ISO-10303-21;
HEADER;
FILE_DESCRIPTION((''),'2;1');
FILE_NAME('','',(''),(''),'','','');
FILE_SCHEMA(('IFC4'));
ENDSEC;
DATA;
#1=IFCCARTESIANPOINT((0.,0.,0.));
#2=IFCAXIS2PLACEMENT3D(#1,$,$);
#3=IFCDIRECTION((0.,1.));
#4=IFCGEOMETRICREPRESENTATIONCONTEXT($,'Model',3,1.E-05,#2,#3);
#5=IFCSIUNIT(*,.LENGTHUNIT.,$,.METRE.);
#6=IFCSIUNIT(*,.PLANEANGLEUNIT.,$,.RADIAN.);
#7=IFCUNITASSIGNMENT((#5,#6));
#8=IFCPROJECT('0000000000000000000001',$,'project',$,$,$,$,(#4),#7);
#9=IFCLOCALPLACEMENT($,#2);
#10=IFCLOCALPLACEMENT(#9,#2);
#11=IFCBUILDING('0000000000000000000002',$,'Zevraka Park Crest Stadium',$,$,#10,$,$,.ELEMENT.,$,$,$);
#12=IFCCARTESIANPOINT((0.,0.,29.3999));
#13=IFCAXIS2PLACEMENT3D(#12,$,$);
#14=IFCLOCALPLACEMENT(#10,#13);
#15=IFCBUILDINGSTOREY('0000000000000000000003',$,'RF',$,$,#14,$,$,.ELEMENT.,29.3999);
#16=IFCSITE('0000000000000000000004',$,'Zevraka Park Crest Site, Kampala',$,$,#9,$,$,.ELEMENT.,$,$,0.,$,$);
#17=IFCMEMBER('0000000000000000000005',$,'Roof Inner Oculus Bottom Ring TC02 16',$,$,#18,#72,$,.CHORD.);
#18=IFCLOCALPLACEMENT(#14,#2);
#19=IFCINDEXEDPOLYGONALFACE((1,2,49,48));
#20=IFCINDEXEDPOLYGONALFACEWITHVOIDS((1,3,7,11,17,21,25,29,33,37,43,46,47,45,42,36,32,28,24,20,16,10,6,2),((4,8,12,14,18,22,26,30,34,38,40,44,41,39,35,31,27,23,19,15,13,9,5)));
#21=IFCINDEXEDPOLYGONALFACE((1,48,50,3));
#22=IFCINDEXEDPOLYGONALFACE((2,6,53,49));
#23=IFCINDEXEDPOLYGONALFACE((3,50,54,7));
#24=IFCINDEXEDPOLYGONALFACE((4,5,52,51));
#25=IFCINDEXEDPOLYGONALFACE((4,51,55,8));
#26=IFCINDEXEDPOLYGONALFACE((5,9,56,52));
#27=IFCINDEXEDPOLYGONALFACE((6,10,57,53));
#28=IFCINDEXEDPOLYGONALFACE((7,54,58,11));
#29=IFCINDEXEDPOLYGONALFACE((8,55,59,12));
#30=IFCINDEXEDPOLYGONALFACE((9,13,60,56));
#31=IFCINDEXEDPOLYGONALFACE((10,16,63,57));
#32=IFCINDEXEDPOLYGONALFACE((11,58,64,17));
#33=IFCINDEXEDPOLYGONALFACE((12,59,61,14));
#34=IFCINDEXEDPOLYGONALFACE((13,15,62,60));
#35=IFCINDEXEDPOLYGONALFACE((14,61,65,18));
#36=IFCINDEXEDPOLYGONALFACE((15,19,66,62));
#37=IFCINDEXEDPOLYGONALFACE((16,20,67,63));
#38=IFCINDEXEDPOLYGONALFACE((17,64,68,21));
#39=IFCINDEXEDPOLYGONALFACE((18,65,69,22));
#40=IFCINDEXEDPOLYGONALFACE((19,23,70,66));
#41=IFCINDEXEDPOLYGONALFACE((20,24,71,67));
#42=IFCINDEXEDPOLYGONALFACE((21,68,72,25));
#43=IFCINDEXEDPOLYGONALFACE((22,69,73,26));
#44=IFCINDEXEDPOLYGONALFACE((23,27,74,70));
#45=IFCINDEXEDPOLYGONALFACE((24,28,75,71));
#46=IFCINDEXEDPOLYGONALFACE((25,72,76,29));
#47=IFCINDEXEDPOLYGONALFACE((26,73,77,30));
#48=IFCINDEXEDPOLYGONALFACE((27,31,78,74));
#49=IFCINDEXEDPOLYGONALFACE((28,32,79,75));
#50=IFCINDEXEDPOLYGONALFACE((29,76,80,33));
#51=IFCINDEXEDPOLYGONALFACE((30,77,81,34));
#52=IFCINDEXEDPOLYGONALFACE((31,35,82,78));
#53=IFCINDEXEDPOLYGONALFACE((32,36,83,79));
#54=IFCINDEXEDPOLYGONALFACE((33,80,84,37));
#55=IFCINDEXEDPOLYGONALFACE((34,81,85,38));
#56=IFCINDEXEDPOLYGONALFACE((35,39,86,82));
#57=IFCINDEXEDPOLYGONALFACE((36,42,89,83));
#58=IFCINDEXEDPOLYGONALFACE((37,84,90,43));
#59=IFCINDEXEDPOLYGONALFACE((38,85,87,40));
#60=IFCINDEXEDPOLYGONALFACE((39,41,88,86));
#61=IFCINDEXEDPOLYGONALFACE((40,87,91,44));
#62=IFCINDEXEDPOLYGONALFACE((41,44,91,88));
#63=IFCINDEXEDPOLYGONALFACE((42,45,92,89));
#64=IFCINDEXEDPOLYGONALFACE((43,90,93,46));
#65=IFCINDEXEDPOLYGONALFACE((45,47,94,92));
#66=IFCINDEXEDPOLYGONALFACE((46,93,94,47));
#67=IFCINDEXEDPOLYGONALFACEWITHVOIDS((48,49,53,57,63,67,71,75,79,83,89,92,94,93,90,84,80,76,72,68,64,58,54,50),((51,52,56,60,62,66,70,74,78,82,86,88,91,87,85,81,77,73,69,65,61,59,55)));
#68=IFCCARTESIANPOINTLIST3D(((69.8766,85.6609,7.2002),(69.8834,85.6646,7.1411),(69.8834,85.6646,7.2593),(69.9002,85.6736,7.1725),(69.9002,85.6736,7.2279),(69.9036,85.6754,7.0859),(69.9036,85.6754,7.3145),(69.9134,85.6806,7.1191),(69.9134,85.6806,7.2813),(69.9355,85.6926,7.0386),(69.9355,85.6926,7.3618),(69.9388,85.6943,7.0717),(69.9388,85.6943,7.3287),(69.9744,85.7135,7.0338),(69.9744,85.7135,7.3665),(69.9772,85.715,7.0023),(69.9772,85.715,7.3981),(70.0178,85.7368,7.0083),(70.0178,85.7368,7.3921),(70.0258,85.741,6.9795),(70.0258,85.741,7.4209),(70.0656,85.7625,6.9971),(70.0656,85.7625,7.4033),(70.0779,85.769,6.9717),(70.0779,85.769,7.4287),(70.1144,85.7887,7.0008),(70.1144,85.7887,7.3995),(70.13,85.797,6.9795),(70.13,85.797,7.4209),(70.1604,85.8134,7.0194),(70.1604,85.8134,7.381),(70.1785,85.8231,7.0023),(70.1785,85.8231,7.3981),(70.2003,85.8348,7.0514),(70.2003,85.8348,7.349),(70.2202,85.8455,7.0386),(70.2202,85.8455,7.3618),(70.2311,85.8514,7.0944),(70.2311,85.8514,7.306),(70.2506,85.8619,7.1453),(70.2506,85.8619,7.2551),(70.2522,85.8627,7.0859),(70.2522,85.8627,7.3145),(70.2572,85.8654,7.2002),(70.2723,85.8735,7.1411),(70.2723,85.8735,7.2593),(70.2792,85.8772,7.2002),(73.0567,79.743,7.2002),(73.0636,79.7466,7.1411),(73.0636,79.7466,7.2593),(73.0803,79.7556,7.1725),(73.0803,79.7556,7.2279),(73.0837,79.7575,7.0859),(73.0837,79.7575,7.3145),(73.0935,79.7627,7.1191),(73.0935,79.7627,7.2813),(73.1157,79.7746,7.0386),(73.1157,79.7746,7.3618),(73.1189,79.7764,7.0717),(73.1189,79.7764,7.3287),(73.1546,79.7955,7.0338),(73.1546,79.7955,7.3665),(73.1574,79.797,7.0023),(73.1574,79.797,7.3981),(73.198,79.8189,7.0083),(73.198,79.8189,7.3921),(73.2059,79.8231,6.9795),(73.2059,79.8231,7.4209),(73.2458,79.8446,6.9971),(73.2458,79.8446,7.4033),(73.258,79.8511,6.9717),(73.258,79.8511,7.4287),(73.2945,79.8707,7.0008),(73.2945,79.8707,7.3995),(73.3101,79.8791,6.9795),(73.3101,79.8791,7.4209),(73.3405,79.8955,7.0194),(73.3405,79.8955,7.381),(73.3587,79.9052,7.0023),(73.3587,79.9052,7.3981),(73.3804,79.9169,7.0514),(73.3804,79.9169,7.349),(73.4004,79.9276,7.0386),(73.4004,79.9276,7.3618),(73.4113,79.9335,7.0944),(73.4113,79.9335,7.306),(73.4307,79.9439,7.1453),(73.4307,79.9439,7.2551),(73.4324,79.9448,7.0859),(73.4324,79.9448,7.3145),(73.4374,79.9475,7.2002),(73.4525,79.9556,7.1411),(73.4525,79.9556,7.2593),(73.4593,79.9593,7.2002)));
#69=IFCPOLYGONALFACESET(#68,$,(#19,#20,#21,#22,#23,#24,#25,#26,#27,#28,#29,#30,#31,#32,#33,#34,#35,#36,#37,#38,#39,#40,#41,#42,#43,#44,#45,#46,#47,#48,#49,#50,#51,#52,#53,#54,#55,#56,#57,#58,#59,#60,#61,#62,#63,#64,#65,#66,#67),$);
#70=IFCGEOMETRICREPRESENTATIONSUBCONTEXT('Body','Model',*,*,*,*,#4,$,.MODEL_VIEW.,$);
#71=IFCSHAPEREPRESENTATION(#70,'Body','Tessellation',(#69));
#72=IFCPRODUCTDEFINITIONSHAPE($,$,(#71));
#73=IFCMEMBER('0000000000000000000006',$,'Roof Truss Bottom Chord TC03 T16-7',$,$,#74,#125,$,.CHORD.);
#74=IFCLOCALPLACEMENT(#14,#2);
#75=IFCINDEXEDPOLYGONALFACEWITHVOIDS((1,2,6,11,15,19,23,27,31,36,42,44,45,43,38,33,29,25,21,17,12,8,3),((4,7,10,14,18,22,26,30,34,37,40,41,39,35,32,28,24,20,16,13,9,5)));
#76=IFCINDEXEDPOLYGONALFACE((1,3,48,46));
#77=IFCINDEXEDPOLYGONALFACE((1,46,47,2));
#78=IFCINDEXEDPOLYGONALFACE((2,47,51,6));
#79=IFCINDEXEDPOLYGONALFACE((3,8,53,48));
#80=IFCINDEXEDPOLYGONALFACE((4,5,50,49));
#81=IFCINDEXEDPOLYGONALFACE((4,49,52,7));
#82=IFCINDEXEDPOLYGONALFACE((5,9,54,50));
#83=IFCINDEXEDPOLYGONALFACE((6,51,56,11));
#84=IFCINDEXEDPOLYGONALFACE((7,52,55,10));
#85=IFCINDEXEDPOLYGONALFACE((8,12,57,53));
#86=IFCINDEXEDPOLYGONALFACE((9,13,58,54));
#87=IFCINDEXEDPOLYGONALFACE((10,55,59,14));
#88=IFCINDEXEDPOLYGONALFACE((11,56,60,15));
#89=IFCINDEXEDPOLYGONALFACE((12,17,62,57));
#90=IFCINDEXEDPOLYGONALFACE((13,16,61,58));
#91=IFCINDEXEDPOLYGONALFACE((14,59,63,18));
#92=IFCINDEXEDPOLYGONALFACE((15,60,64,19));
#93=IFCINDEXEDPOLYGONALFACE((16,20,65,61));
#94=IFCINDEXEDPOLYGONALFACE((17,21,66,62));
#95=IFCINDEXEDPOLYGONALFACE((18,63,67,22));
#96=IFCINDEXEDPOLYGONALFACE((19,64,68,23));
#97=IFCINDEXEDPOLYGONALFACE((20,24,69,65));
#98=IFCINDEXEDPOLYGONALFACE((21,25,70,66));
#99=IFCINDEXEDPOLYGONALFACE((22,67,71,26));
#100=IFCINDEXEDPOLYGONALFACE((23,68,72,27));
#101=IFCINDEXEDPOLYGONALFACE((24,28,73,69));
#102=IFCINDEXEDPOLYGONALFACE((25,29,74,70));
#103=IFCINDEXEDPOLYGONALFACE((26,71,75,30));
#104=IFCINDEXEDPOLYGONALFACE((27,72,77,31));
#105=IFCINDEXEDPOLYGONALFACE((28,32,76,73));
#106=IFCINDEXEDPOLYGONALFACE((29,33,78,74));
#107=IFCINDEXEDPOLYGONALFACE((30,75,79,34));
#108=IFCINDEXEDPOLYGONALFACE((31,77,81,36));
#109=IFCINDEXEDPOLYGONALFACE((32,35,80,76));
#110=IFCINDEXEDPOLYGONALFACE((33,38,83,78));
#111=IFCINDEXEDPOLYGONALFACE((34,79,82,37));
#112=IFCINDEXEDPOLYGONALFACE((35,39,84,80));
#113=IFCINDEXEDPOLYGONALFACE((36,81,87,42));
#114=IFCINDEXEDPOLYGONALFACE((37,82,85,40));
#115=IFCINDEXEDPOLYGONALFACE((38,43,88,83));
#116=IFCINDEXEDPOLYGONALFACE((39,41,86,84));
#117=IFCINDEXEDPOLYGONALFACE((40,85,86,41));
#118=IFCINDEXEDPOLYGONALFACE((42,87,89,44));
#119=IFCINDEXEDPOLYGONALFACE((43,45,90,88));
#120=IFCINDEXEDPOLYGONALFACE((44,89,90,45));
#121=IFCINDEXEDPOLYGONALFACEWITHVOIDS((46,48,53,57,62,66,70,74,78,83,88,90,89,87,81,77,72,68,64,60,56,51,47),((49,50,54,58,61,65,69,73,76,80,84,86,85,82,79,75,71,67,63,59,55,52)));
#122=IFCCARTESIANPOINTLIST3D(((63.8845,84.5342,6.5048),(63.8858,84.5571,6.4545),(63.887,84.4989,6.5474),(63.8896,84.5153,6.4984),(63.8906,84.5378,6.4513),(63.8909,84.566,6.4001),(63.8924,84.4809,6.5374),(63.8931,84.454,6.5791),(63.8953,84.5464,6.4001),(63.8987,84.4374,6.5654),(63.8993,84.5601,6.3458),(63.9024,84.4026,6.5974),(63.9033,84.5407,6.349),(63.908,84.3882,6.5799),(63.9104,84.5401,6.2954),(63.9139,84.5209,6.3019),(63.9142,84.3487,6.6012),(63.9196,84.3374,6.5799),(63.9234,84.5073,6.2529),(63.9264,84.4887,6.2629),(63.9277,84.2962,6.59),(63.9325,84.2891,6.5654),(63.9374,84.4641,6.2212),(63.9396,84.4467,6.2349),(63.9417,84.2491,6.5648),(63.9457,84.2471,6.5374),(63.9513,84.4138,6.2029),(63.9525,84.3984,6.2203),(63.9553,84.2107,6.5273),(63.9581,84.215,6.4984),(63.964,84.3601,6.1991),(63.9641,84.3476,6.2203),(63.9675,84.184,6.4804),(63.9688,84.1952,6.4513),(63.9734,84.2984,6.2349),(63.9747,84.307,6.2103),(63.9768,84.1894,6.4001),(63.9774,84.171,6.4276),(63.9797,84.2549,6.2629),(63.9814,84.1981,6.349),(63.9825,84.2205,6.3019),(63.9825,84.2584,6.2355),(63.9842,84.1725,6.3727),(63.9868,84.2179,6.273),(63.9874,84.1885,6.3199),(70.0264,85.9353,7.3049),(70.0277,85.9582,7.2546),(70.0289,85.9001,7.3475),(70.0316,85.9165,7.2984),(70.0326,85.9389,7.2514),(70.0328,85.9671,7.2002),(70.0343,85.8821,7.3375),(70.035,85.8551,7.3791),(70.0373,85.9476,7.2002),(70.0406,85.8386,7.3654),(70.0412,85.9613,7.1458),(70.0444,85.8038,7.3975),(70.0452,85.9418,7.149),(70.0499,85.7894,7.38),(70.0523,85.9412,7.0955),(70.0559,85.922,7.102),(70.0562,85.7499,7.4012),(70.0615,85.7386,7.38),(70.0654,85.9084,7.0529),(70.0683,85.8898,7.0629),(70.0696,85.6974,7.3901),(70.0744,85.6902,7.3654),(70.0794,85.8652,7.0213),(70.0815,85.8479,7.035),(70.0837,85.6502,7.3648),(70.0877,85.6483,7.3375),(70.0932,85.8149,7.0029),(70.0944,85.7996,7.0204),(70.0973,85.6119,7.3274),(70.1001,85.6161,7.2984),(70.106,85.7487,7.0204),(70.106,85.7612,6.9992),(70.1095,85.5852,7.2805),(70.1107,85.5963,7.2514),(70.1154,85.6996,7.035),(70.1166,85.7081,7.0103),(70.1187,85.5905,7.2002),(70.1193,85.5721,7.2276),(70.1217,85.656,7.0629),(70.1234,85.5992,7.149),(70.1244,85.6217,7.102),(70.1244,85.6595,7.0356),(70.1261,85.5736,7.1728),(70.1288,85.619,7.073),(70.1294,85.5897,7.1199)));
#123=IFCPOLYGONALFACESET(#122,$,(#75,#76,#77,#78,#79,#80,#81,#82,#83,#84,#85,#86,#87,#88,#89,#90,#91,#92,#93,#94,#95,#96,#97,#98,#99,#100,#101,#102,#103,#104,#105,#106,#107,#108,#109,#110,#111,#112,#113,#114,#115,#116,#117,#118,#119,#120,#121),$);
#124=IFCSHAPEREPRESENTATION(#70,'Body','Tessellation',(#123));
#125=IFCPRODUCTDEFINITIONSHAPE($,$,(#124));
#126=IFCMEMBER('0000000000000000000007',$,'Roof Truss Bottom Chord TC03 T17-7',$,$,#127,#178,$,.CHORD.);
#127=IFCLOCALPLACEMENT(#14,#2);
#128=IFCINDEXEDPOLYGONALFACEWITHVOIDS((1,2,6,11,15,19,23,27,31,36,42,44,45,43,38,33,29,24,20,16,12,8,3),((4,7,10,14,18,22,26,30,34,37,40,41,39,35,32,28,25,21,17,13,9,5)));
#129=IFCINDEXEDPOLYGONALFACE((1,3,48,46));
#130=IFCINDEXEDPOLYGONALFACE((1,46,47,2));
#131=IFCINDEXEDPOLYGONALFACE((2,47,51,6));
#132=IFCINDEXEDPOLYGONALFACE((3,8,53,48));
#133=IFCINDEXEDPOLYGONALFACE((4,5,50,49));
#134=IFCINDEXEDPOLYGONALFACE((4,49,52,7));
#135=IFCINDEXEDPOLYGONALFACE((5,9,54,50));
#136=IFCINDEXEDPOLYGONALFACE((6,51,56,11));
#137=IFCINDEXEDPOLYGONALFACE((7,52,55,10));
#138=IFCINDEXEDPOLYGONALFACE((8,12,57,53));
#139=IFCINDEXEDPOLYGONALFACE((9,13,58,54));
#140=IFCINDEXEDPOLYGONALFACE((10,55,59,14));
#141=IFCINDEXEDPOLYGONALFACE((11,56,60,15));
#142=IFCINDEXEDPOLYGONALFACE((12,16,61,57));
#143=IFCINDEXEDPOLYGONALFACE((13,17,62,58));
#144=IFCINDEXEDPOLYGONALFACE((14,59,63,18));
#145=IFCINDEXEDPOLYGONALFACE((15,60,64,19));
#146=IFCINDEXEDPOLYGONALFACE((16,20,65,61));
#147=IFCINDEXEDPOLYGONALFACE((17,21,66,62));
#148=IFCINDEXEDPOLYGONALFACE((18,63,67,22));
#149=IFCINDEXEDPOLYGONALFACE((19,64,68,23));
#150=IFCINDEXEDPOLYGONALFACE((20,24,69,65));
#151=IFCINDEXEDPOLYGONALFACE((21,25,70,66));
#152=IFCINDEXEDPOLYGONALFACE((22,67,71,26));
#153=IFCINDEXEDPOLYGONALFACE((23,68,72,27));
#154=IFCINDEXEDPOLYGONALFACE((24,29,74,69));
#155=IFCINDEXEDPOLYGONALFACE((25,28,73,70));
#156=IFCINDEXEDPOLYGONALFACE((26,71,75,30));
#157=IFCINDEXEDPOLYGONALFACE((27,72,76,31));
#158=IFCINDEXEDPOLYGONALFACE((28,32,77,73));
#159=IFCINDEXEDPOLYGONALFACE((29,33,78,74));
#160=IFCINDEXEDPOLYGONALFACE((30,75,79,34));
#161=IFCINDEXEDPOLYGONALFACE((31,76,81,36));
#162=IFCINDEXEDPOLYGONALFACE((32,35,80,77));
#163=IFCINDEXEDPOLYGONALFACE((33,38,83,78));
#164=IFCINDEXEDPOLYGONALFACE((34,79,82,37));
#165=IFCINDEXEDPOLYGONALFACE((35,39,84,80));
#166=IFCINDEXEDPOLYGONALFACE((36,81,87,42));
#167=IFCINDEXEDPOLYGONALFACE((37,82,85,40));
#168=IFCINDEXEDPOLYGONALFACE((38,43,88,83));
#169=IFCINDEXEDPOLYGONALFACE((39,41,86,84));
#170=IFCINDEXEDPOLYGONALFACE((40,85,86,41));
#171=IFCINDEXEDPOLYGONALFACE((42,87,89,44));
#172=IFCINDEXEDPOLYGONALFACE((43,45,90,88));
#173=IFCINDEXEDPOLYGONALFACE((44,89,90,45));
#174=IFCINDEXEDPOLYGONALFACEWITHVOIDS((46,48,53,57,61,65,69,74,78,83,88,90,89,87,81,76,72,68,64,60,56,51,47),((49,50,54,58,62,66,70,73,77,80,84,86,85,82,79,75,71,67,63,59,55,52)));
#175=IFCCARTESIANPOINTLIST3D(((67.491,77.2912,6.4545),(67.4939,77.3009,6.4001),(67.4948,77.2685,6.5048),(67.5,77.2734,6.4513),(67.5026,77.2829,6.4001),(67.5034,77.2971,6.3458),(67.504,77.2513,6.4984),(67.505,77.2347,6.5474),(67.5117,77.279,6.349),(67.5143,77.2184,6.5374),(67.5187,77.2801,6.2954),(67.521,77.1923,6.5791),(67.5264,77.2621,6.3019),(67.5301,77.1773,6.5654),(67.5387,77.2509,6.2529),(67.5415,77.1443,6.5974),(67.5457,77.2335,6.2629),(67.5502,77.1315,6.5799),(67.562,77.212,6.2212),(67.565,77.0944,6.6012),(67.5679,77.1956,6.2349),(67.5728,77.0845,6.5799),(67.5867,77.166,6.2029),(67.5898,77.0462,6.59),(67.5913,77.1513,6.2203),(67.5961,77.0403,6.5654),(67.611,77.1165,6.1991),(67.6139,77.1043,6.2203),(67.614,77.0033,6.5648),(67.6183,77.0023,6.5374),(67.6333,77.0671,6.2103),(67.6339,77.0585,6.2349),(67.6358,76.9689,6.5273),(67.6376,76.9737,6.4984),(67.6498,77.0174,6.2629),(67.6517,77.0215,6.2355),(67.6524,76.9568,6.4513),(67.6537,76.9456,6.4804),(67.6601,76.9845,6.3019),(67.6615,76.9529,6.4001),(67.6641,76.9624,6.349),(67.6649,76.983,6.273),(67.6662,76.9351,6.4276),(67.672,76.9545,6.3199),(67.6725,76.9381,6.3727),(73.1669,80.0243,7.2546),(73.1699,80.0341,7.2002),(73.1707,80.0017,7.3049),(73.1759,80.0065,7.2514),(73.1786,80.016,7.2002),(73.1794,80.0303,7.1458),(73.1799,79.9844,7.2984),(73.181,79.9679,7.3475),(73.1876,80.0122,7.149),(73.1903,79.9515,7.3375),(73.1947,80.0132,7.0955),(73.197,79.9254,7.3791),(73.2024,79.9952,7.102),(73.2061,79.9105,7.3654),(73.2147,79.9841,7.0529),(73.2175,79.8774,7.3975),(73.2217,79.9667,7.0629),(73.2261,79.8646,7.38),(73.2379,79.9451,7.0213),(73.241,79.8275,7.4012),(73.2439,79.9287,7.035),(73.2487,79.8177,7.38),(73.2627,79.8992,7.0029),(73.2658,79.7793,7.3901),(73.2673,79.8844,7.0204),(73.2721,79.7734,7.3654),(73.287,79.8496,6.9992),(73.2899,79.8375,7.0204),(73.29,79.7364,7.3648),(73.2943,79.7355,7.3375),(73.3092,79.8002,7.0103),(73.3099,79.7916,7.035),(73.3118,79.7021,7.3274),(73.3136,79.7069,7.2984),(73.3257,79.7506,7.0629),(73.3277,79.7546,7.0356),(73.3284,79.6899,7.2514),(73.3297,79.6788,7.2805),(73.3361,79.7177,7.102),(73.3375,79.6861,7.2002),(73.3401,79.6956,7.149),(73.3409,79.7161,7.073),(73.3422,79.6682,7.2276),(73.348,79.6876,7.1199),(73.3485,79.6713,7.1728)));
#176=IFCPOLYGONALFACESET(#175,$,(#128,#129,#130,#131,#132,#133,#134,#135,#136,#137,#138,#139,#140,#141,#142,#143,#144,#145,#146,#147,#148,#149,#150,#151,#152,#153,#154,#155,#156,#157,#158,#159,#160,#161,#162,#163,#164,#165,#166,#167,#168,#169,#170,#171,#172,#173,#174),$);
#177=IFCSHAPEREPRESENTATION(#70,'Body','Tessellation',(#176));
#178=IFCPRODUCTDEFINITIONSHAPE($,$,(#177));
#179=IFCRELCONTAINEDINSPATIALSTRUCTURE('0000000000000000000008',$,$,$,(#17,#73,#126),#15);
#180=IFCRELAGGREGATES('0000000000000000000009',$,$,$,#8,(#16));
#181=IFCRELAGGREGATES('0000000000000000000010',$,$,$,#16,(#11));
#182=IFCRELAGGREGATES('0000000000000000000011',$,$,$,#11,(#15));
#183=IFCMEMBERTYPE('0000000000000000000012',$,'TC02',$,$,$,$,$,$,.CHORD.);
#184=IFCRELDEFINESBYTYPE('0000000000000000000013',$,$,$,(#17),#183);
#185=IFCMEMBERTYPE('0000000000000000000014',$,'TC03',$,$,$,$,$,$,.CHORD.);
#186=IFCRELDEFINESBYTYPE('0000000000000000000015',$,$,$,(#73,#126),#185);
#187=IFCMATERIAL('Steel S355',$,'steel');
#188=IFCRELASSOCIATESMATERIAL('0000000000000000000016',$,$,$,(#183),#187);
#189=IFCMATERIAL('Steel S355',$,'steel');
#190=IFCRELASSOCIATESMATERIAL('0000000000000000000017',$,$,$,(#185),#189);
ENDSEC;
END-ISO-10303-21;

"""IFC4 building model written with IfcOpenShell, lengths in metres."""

from ifc_helpers import new_model, si_unit, direction, frame, origin, origin_2d, place, context, subcontext, project, spatial, hollow_circle, extrude, material, material_profile, profile_set, type_object, element, save


model = new_model("IFC4")

# Units and contexts
model_context = context("Model", 3, precision=1e-05, world=origin(), true_north=direction((0.0, 1.0)))
body_context = subcontext(model_context, "Body", "Model", "MODEL_VIEW")
ifc_project = project(units=[si_unit("LENGTHUNIT", "METRE"), si_unit("PLANEANGLEUNIT", "RADIAN")], contexts=[model_context])

# Site, building, storey
site_placement = place(None, origin())
site = spatial("IfcSite", under=ifc_project, at=site_placement, Name="Zevraka Park Crest Site, Kampala", CompositionType="ELEMENT", RefElevation=0.0)
building_placement = place(site_placement, origin())
building = spatial("IfcBuilding", under=site, at=building_placement, Name="Zevraka Park Crest Stadium", CompositionType="ELEMENT")
storey_placement = place(building_placement, frame((0.0, 0.0, 29.3999)))
storey = spatial("IfcBuildingStorey", under=building, at=storey_placement, Name="RF", CompositionType="ELEMENT", Elevation=29.3999)

# Members
ifc_material_1 = material(Name="Steel S355", Category="steel")
ifc_material_profile_1 = material_profile(ifc_material_1, hollow_circle(Radius=0.2285, WallThickness=0.0249, at=origin_2d()), Name="CHS 457.0x25")
ifc_profile_set_1 = profile_set([ifc_material_profile_1], Name="Steel S355")
member_type_1 = type_object("IfcMemberType", Name="TC02", PredefinedType="CHORD", material=ifc_profile_set_1)
member_1_placement = place(storey_placement, frame((70.0779, 85.769, 7.2002), z_axis=(0.473359, -0.88087, 0.0), x_axis=(0.88087, 0.473359, 0.0)))
element("IfcMember", 1, at=member_1_placement, inside=storey, type_object=member_type_1, Name="Roof Inner Oculus Bottom Ring TC02 16", PredefinedType="CHORD", context=body_context, shape_type="SweptSolid", body=[
    extrude(hollow_circle(Radius=0.2285, WallThickness=0.0249, at=origin_2d()), origin(), (0.0, 0.0, 1.0), 6.7183),
])
ifc_material_2 = material(Name="Steel S355", Category="steel")
ifc_material_profile_2 = material_profile(ifc_material_2, hollow_circle(Radius=0.2031, WallThickness=0.02, at=origin_2d()), Name="CHS 406.4x20")
ifc_profile_set_2 = profile_set([ifc_material_profile_2], Name="Steel S355")
member_type_2 = type_object("IfcMemberType", Name="TC03", PredefinedType="CHORD", material=ifc_profile_set_2)
for number, where, z_axis, x_axis, name in (
    (2, (63.936, 84.3679, 6.4001), (0.967184, 0.220641, 0.125987), (-0.222413, 0.974952, 0.0), "Roof Truss Bottom Chord TC03 T16-7"),
    (3, (67.582, 77.1179, 6.4001), (0.893807, 0.430391, 0.125984), (-0.433848, 0.900986, 0.0), "Roof Truss Bottom Chord TC03 T17-7"),
):
    element("IfcMember", number, at=place(storey_placement, frame(where, z_axis=z_axis, x_axis=x_axis)), inside=storey, type_object=member_type_2, Name=name, PredefinedType="CHORD", context=body_context, shape_type="SweptSolid", body=[
        extrude(hollow_circle(Radius=0.2031, WallThickness=0.02, at=origin_2d()), origin(), (0.0, 0.0, 1.0), 6.3503),
    ])

save(model, "model.ifc")
